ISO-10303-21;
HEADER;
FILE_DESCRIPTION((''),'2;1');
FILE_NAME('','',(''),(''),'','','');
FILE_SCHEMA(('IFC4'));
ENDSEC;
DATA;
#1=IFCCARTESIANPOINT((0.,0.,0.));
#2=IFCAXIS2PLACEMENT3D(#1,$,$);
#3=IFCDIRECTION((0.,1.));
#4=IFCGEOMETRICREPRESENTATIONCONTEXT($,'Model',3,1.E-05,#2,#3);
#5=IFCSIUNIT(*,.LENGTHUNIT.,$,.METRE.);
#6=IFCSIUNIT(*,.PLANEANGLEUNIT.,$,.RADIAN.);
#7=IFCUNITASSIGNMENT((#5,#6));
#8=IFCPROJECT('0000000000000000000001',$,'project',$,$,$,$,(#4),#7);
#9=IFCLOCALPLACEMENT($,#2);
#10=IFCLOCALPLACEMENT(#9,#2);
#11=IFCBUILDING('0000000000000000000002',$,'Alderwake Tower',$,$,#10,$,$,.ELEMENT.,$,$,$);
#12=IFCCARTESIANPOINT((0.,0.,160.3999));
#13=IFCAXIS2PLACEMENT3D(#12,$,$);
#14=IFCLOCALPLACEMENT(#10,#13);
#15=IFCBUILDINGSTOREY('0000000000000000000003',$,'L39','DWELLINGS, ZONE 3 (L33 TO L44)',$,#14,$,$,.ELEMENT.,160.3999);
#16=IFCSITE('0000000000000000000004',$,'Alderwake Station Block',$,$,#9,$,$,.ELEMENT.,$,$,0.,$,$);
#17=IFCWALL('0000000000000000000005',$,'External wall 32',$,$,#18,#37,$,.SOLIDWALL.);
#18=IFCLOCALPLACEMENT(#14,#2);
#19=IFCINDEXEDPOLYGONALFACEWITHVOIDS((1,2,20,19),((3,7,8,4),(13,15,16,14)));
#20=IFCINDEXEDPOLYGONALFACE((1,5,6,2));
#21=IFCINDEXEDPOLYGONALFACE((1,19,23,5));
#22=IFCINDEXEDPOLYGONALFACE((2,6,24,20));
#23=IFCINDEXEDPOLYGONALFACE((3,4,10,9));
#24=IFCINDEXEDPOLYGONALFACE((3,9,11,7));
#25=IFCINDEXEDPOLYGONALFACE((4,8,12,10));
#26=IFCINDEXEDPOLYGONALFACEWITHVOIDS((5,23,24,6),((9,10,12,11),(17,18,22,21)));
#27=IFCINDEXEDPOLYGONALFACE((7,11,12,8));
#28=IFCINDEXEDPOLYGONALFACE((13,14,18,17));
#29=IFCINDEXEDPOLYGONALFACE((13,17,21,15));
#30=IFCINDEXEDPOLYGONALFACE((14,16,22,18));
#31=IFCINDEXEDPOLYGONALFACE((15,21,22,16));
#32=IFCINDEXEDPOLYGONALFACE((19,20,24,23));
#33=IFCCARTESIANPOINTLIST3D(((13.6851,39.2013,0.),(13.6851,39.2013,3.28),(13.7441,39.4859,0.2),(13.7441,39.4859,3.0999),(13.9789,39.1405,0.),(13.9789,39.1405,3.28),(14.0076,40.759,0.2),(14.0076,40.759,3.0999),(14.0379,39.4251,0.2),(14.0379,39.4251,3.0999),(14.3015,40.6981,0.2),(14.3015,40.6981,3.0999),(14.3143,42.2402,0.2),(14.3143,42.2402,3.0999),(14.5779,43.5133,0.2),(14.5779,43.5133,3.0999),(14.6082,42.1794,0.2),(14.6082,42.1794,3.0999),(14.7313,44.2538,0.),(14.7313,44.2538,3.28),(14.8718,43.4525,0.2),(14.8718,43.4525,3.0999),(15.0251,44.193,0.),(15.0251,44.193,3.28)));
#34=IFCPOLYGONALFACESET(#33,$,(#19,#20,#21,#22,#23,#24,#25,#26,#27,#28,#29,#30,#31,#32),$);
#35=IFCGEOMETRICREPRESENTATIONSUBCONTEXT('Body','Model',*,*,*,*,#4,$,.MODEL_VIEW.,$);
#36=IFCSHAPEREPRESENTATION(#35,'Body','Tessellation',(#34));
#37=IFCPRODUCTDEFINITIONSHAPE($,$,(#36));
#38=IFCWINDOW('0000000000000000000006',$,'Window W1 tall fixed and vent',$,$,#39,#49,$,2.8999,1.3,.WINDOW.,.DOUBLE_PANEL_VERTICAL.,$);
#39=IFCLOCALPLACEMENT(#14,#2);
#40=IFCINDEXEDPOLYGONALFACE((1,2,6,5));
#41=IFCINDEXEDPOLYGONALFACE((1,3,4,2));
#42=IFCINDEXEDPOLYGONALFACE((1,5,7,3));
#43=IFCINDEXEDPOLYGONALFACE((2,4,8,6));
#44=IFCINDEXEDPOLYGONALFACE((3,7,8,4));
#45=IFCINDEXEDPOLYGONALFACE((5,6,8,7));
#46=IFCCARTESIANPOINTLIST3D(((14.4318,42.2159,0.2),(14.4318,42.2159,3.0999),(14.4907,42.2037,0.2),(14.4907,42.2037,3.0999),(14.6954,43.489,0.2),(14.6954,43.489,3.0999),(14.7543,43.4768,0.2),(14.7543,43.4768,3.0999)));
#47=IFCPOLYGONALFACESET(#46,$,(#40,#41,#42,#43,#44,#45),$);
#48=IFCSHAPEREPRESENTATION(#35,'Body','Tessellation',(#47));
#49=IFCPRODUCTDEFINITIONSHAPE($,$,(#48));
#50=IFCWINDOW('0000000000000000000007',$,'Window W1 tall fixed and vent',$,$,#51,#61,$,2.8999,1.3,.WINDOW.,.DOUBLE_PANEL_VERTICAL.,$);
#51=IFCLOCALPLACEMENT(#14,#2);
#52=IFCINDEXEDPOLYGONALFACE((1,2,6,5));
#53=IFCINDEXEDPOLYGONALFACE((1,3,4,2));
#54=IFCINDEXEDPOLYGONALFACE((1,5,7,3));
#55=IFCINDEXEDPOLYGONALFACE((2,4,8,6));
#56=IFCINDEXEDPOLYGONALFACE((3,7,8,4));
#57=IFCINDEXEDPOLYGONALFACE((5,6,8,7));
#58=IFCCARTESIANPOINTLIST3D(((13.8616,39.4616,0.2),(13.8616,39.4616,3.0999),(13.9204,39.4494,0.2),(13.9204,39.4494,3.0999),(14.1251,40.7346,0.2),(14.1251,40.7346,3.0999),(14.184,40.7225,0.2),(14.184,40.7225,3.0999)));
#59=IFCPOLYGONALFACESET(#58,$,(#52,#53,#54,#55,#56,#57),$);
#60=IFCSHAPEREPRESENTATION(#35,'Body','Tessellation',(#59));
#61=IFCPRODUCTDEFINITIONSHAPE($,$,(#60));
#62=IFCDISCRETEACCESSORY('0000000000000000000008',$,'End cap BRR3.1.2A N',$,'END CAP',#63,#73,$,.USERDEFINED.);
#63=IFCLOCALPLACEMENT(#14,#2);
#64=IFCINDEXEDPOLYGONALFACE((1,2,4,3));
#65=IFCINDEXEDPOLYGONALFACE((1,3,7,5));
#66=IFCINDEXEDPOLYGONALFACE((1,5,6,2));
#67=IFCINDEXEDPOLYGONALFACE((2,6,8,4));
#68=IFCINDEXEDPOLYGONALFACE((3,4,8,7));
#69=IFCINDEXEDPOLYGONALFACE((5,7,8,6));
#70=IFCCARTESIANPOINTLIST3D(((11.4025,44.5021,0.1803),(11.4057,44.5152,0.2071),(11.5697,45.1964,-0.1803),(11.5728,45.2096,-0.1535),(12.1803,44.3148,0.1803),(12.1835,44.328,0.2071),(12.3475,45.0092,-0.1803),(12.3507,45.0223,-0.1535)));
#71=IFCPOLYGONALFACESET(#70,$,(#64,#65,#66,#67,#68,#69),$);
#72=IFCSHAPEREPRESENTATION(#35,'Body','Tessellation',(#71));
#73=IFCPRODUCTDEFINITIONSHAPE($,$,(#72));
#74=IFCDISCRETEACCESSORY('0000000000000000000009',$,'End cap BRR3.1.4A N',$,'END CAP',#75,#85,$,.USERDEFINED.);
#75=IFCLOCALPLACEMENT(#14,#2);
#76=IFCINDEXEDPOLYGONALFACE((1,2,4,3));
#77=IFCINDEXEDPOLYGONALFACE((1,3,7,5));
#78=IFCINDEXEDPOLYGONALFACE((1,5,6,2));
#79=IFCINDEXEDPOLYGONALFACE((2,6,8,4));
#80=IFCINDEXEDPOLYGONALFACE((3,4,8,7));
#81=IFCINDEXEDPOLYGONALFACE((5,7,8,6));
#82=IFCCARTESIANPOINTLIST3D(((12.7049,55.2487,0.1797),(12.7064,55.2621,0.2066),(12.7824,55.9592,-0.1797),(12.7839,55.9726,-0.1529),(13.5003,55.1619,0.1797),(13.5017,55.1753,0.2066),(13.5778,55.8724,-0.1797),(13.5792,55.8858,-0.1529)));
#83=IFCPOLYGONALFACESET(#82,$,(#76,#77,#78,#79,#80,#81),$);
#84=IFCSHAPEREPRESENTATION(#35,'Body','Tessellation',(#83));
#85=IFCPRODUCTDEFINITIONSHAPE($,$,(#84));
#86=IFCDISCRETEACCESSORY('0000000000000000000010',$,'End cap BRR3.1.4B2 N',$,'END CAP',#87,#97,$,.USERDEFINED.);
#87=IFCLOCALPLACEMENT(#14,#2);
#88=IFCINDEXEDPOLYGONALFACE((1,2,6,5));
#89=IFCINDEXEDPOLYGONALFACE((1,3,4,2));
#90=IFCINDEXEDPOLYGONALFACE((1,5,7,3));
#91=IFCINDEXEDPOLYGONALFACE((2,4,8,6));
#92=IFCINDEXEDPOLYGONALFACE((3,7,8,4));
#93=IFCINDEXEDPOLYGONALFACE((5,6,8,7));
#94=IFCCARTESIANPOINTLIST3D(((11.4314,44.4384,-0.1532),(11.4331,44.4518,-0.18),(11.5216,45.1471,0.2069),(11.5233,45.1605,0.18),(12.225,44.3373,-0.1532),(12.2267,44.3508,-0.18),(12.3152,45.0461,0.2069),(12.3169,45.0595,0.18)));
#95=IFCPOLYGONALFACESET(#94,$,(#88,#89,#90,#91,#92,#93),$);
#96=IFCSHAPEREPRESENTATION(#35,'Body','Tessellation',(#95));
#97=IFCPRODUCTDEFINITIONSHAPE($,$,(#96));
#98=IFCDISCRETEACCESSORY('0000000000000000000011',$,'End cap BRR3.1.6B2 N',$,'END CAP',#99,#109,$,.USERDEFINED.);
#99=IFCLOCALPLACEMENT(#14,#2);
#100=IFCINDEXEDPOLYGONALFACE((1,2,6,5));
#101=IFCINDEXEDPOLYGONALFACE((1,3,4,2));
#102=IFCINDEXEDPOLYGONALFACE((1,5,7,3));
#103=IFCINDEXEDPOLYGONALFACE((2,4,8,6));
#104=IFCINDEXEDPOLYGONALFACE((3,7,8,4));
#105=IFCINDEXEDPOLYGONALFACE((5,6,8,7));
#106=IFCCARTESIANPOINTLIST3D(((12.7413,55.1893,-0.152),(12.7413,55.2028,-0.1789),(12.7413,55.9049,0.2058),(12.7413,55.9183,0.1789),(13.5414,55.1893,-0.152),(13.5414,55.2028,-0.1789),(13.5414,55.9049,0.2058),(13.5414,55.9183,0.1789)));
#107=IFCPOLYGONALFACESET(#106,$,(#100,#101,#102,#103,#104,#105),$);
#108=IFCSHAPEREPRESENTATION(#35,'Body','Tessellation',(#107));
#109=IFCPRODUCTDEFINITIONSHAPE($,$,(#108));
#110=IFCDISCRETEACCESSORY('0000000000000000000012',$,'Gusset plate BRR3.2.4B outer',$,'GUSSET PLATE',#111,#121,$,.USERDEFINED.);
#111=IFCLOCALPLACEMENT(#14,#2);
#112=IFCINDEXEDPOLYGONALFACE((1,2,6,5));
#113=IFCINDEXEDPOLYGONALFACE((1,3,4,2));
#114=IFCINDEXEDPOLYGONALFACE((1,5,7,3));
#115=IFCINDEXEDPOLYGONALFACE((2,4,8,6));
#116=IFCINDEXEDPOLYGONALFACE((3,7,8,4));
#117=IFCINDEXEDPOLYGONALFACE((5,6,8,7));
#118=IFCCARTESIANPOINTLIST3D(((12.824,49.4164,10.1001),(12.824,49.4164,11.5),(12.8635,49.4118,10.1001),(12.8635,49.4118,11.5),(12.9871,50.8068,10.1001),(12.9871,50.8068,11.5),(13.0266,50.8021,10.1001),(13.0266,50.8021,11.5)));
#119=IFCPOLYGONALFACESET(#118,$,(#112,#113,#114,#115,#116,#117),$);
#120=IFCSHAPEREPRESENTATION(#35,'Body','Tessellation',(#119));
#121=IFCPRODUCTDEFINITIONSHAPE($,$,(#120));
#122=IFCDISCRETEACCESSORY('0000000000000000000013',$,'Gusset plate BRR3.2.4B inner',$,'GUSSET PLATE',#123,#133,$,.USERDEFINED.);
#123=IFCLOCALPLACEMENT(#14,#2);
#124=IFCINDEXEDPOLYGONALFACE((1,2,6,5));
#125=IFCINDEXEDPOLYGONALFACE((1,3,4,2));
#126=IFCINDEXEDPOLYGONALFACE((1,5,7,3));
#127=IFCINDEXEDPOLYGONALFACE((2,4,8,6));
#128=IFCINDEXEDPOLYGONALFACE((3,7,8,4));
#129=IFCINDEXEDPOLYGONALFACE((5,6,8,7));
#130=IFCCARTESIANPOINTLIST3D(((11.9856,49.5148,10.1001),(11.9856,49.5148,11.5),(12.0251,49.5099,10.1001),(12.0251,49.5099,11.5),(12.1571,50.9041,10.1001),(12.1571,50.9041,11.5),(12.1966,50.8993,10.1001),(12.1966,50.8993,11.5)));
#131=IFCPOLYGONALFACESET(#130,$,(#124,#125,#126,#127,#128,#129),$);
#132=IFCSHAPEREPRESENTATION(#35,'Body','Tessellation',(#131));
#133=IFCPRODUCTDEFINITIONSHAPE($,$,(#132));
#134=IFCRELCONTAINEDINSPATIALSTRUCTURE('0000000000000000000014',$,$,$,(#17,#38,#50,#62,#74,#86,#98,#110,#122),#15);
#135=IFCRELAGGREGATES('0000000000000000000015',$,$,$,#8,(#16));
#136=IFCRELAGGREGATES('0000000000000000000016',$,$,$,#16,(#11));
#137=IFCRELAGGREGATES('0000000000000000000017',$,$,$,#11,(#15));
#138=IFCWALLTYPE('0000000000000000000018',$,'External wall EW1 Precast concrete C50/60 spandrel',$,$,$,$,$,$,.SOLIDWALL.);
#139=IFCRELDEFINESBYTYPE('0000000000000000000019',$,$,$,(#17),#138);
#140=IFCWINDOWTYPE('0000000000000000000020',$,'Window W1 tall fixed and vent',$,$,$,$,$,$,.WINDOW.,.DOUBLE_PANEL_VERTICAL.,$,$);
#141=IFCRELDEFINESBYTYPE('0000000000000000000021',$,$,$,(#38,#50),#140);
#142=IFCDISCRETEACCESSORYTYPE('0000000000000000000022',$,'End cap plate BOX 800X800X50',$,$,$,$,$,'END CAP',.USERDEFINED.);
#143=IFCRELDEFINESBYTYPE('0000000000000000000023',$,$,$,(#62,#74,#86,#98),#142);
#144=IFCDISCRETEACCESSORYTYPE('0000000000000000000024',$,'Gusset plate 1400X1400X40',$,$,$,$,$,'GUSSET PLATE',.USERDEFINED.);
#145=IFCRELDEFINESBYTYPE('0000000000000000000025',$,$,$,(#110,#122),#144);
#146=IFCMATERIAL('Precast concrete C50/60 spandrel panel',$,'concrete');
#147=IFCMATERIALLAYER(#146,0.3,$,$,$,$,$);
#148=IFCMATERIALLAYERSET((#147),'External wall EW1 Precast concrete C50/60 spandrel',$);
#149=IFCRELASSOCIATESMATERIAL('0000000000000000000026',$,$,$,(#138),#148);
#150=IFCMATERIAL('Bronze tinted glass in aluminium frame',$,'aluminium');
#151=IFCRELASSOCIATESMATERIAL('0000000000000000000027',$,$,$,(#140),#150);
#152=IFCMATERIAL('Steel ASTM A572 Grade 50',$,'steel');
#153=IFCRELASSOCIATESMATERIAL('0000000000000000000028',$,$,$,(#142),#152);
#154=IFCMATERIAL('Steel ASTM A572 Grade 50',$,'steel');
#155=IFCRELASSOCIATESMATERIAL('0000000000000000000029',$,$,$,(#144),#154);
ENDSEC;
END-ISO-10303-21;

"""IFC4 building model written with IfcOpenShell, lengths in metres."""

from ifc_helpers import new_model, si_unit, direction, frame, frame_2d, origin, origin_2d, place, context, subcontext, project, spatial, rectangle, extrude, material, layer, layer_set, material_profile, profile_set, type_object, element, fill, save


model = new_model("IFC4")

# Units and contexts
model_context = context("Model", 3, precision=1e-05, world=origin(), true_north=direction((0.0, 1.0)))
body_context = subcontext(model_context, "Body", "Model", "MODEL_VIEW")
ifc_project = project(units=[si_unit("LENGTHUNIT", "METRE"), si_unit("PLANEANGLEUNIT", "RADIAN")], contexts=[model_context])

# Site, building, storey
site_placement = place(None, origin())
site = spatial("IfcSite", under=ifc_project, at=site_placement, Name="Alderwake Station Block", CompositionType="ELEMENT", RefElevation=0.0)
building_placement = place(site_placement, origin())
building = spatial("IfcBuilding", under=site, at=building_placement, Name="Alderwake Tower", CompositionType="ELEMENT")
storey_placement = place(building_placement, frame((0.0, 0.0, 160.3999)))
storey = spatial("IfcBuildingStorey", under=building, at=storey_placement, Name="L39", Description="DWELLINGS, ZONE 3 (L33 TO L44)", CompositionType="ELEMENT", Elevation=160.3999)

# Wall, openings, windows
ifc_material_1 = material(Name="Precast concrete C50/60 spandrel panel", Category="concrete")
ifc_layer_1 = layer(ifc_material_1, 0.3)
ifc_layer_set_1 = layer_set([ifc_layer_1], Name="External wall EW1 Precast concrete C50/60 spandrel")
wall_type_1 = type_object("IfcWallType", Name="External wall EW1 Precast concrete C50/60 spandrel", PredefinedType="SOLIDWALL", material=ifc_layer_set_1)
wall_1_placement = place(storey_placement, frame((14.8782, 44.2234, 0.0), z_axis=(0.0, 0.0, 1.0), x_axis=(-0.202754, -0.97923, 0.0)))
wall_1 = element("IfcWall", 1, at=wall_1_placement, inside=storey, type_object=wall_type_1, Name="External wall 32", PredefinedType="SOLIDWALL", context=body_context, shape_type="SweptSolid", body=[
    extrude(rectangle(XDim=5.1597, YDim=0.3, at=frame_2d((2.5798, 0.0))), origin(), (0.0, 0.0, 1.0), 3.28),
])
opening_1_placement = place(wall_1_placement, frame((0.7563, 0.0, 0.2)))
opening_1 = element("IfcOpeningElement", 2, at=opening_1_placement, cuts=wall_1, PredefinedType="OPENING", context=body_context, shape_type="SweptSolid", body=[
    extrude(rectangle(XDim=1.3, YDim=2.8999, at=frame_2d((0.6499, 1.45))), frame((0.0, 0.1599, 0.0), z_axis=(0.0, -1.0, 0.0), x_axis=(1.0, 0.0, 0.0)), (0.0, 0.0, 1.0), 0.3201),
])
opening_2_placement = place(wall_1_placement, frame((3.5691, 0.0, 0.2)))
opening_2 = element("IfcOpeningElement", 3, at=opening_2_placement, cuts=wall_1, PredefinedType="OPENING", context=body_context, shape_type="SweptSolid", body=[
    extrude(rectangle(XDim=1.3, YDim=2.8999, at=frame_2d((0.6499, 1.45))), frame((0.0, 0.1599, 0.0), z_axis=(0.0, -1.0, 0.0), x_axis=(1.0, 0.0, 0.0)), (0.0, 0.0, 1.0), 0.3201),
])
ifc_material_2 = material(Name="Bronze tinted glass in aluminium frame", Category="aluminium")
window_type = type_object("IfcWindowType", Name="Window W1 tall fixed and vent", PartitioningType="DOUBLE_PANEL_VERTICAL", PredefinedType="WINDOW", material=ifc_material_2)
window_1_placement = place(opening_1_placement, origin())
window_1 = element("IfcWindow", 4, at=window_1_placement, inside=storey, type_object=window_type, Name="Window W1 tall fixed and vent", OverallHeight=2.8999, OverallWidth=1.3, PartitioningType="DOUBLE_PANEL_VERTICAL", PredefinedType="WINDOW", context=body_context, shape_type="SweptSolid", body=[
    extrude(rectangle(XDim=1.3, YDim=2.8999, at=frame_2d((0.6499, 1.45))), frame((0.0, 0.03, 0.0), z_axis=(0.0, -1.0, 0.0), x_axis=(1.0, 0.0, 0.0)), (0.0, 0.0, 1.0), 0.0601),
])
fill(opening_1, window_1)
window_2_placement = place(opening_2_placement, origin())
window_2 = element("IfcWindow", 5, at=window_2_placement, inside=storey, type_object=window_type, Name="Window W1 tall fixed and vent", OverallHeight=2.8999, OverallWidth=1.3, PartitioningType="DOUBLE_PANEL_VERTICAL", PredefinedType="WINDOW", context=body_context, shape_type="SweptSolid", body=[
    extrude(rectangle(XDim=1.3, YDim=2.8999, at=frame_2d((0.6499, 1.45))), frame((0.0, 0.03, 0.0), z_axis=(0.0, -1.0, 0.0), x_axis=(1.0, 0.0, 0.0)), (0.0, 0.0, 1.0), 0.0601),
])
fill(opening_2, window_2)

# Discrete accessories
ifc_material_3 = material(Name="Steel ASTM A572 Grade 50", Category="steel")
ifc_material_profile_1 = material_profile(ifc_material_3, rectangle(XDim=0.8, YDim=0.8, at=origin_2d()), Name="BOX 800X800X50 cap")
ifc_profile_set_1 = profile_set([ifc_material_profile_1], Name="Steel ASTM A572 Grade 50")
discrete_accessory_type_1 = type_object("IfcDiscreteAccessoryType", Name="End cap plate BOX 800X800X50", ElementType="END CAP", PredefinedType="USERDEFINED", material=ifc_profile_set_1)
for number, where, z_axis, x_axis, name in (
    (6, (11.875, 44.7556, 0.0), (0.105496, 0.438214, 0.892658), (-0.972224, 0.234054, 0.0), "End cap BRR3.1.2A N"),
    (7, (13.1414, 55.5605, 0.0), (0.048729, 0.446682, 0.893365), (-0.994102, 0.108448, 0.0), "End cap BRR3.1.4A N"),
    (8, (11.875, 44.7556, 0.0), (-0.056826, -0.446491, 0.892982), (0.991998, -0.126254, 0.0), "End cap BRR3.1.4B2 N"),
    (9, (13.1414, 55.5605, 0.0), (0.0, -0.447214, 0.894427), (1.0, 0.0, 0.0), "End cap BRR3.1.6B2 N"),
):
    element("IfcDiscreteAccessory", number, at=place(storey_placement, frame(where, z_axis=z_axis, x_axis=x_axis)), inside=storey, type_object=discrete_accessory_type_1, Name=name, ObjectType="END CAP", PredefinedType="USERDEFINED", context=body_context, shape_type="SweptSolid", body=[
        extrude(rectangle(XDim=0.8, YDim=0.8, at=origin_2d()), origin(), (0.0, 0.0, 1.0), 0.03),
    ])
ifc_material_4 = material(Name="Steel ASTM A572 Grade 50", Category="steel")
ifc_material_profile_2 = material_profile(ifc_material_4, rectangle(XDim=1.3999, YDim=1.3999, at=origin_2d()), Name="gusset 1400X1400")
ifc_profile_set_2 = profile_set([ifc_material_profile_2], Name="Steel ASTM A572 Grade 50")
discrete_accessory_type_2 = type_object("IfcDiscreteAccessoryType", Name="Gusset plate 1400X1400X40", ElementType="GUSSET PLATE", PredefinedType="USERDEFINED", material=ifc_profile_set_2)
for number, where, z_axis, x_axis, name in (
    (10, (12.9055, 50.1116, 10.8), (0.993192, -0.116486, 0.0), (0.116486, 0.993192, 0.0), "Gusset plate BRR3.2.4B outer"),
    (11, (12.1108, 50.2046, 10.8), (-0.992465, 0.122527, 0.0), (-0.122527, -0.992465, 0.0), "Gusset plate BRR3.2.4B inner"),
):
    element("IfcDiscreteAccessory", number, at=place(storey_placement, frame(where, z_axis=z_axis, x_axis=x_axis)), inside=storey, type_object=discrete_accessory_type_2, Name=name, ObjectType="GUSSET PLATE", PredefinedType="USERDEFINED", context=body_context, shape_type="SweptSolid", body=[
        extrude(rectangle(XDim=1.3999, YDim=1.3999, at=origin_2d()), origin(), (0.0, 0.0, 1.0), 0.0398),
    ])

save(model, "model.ifc")
